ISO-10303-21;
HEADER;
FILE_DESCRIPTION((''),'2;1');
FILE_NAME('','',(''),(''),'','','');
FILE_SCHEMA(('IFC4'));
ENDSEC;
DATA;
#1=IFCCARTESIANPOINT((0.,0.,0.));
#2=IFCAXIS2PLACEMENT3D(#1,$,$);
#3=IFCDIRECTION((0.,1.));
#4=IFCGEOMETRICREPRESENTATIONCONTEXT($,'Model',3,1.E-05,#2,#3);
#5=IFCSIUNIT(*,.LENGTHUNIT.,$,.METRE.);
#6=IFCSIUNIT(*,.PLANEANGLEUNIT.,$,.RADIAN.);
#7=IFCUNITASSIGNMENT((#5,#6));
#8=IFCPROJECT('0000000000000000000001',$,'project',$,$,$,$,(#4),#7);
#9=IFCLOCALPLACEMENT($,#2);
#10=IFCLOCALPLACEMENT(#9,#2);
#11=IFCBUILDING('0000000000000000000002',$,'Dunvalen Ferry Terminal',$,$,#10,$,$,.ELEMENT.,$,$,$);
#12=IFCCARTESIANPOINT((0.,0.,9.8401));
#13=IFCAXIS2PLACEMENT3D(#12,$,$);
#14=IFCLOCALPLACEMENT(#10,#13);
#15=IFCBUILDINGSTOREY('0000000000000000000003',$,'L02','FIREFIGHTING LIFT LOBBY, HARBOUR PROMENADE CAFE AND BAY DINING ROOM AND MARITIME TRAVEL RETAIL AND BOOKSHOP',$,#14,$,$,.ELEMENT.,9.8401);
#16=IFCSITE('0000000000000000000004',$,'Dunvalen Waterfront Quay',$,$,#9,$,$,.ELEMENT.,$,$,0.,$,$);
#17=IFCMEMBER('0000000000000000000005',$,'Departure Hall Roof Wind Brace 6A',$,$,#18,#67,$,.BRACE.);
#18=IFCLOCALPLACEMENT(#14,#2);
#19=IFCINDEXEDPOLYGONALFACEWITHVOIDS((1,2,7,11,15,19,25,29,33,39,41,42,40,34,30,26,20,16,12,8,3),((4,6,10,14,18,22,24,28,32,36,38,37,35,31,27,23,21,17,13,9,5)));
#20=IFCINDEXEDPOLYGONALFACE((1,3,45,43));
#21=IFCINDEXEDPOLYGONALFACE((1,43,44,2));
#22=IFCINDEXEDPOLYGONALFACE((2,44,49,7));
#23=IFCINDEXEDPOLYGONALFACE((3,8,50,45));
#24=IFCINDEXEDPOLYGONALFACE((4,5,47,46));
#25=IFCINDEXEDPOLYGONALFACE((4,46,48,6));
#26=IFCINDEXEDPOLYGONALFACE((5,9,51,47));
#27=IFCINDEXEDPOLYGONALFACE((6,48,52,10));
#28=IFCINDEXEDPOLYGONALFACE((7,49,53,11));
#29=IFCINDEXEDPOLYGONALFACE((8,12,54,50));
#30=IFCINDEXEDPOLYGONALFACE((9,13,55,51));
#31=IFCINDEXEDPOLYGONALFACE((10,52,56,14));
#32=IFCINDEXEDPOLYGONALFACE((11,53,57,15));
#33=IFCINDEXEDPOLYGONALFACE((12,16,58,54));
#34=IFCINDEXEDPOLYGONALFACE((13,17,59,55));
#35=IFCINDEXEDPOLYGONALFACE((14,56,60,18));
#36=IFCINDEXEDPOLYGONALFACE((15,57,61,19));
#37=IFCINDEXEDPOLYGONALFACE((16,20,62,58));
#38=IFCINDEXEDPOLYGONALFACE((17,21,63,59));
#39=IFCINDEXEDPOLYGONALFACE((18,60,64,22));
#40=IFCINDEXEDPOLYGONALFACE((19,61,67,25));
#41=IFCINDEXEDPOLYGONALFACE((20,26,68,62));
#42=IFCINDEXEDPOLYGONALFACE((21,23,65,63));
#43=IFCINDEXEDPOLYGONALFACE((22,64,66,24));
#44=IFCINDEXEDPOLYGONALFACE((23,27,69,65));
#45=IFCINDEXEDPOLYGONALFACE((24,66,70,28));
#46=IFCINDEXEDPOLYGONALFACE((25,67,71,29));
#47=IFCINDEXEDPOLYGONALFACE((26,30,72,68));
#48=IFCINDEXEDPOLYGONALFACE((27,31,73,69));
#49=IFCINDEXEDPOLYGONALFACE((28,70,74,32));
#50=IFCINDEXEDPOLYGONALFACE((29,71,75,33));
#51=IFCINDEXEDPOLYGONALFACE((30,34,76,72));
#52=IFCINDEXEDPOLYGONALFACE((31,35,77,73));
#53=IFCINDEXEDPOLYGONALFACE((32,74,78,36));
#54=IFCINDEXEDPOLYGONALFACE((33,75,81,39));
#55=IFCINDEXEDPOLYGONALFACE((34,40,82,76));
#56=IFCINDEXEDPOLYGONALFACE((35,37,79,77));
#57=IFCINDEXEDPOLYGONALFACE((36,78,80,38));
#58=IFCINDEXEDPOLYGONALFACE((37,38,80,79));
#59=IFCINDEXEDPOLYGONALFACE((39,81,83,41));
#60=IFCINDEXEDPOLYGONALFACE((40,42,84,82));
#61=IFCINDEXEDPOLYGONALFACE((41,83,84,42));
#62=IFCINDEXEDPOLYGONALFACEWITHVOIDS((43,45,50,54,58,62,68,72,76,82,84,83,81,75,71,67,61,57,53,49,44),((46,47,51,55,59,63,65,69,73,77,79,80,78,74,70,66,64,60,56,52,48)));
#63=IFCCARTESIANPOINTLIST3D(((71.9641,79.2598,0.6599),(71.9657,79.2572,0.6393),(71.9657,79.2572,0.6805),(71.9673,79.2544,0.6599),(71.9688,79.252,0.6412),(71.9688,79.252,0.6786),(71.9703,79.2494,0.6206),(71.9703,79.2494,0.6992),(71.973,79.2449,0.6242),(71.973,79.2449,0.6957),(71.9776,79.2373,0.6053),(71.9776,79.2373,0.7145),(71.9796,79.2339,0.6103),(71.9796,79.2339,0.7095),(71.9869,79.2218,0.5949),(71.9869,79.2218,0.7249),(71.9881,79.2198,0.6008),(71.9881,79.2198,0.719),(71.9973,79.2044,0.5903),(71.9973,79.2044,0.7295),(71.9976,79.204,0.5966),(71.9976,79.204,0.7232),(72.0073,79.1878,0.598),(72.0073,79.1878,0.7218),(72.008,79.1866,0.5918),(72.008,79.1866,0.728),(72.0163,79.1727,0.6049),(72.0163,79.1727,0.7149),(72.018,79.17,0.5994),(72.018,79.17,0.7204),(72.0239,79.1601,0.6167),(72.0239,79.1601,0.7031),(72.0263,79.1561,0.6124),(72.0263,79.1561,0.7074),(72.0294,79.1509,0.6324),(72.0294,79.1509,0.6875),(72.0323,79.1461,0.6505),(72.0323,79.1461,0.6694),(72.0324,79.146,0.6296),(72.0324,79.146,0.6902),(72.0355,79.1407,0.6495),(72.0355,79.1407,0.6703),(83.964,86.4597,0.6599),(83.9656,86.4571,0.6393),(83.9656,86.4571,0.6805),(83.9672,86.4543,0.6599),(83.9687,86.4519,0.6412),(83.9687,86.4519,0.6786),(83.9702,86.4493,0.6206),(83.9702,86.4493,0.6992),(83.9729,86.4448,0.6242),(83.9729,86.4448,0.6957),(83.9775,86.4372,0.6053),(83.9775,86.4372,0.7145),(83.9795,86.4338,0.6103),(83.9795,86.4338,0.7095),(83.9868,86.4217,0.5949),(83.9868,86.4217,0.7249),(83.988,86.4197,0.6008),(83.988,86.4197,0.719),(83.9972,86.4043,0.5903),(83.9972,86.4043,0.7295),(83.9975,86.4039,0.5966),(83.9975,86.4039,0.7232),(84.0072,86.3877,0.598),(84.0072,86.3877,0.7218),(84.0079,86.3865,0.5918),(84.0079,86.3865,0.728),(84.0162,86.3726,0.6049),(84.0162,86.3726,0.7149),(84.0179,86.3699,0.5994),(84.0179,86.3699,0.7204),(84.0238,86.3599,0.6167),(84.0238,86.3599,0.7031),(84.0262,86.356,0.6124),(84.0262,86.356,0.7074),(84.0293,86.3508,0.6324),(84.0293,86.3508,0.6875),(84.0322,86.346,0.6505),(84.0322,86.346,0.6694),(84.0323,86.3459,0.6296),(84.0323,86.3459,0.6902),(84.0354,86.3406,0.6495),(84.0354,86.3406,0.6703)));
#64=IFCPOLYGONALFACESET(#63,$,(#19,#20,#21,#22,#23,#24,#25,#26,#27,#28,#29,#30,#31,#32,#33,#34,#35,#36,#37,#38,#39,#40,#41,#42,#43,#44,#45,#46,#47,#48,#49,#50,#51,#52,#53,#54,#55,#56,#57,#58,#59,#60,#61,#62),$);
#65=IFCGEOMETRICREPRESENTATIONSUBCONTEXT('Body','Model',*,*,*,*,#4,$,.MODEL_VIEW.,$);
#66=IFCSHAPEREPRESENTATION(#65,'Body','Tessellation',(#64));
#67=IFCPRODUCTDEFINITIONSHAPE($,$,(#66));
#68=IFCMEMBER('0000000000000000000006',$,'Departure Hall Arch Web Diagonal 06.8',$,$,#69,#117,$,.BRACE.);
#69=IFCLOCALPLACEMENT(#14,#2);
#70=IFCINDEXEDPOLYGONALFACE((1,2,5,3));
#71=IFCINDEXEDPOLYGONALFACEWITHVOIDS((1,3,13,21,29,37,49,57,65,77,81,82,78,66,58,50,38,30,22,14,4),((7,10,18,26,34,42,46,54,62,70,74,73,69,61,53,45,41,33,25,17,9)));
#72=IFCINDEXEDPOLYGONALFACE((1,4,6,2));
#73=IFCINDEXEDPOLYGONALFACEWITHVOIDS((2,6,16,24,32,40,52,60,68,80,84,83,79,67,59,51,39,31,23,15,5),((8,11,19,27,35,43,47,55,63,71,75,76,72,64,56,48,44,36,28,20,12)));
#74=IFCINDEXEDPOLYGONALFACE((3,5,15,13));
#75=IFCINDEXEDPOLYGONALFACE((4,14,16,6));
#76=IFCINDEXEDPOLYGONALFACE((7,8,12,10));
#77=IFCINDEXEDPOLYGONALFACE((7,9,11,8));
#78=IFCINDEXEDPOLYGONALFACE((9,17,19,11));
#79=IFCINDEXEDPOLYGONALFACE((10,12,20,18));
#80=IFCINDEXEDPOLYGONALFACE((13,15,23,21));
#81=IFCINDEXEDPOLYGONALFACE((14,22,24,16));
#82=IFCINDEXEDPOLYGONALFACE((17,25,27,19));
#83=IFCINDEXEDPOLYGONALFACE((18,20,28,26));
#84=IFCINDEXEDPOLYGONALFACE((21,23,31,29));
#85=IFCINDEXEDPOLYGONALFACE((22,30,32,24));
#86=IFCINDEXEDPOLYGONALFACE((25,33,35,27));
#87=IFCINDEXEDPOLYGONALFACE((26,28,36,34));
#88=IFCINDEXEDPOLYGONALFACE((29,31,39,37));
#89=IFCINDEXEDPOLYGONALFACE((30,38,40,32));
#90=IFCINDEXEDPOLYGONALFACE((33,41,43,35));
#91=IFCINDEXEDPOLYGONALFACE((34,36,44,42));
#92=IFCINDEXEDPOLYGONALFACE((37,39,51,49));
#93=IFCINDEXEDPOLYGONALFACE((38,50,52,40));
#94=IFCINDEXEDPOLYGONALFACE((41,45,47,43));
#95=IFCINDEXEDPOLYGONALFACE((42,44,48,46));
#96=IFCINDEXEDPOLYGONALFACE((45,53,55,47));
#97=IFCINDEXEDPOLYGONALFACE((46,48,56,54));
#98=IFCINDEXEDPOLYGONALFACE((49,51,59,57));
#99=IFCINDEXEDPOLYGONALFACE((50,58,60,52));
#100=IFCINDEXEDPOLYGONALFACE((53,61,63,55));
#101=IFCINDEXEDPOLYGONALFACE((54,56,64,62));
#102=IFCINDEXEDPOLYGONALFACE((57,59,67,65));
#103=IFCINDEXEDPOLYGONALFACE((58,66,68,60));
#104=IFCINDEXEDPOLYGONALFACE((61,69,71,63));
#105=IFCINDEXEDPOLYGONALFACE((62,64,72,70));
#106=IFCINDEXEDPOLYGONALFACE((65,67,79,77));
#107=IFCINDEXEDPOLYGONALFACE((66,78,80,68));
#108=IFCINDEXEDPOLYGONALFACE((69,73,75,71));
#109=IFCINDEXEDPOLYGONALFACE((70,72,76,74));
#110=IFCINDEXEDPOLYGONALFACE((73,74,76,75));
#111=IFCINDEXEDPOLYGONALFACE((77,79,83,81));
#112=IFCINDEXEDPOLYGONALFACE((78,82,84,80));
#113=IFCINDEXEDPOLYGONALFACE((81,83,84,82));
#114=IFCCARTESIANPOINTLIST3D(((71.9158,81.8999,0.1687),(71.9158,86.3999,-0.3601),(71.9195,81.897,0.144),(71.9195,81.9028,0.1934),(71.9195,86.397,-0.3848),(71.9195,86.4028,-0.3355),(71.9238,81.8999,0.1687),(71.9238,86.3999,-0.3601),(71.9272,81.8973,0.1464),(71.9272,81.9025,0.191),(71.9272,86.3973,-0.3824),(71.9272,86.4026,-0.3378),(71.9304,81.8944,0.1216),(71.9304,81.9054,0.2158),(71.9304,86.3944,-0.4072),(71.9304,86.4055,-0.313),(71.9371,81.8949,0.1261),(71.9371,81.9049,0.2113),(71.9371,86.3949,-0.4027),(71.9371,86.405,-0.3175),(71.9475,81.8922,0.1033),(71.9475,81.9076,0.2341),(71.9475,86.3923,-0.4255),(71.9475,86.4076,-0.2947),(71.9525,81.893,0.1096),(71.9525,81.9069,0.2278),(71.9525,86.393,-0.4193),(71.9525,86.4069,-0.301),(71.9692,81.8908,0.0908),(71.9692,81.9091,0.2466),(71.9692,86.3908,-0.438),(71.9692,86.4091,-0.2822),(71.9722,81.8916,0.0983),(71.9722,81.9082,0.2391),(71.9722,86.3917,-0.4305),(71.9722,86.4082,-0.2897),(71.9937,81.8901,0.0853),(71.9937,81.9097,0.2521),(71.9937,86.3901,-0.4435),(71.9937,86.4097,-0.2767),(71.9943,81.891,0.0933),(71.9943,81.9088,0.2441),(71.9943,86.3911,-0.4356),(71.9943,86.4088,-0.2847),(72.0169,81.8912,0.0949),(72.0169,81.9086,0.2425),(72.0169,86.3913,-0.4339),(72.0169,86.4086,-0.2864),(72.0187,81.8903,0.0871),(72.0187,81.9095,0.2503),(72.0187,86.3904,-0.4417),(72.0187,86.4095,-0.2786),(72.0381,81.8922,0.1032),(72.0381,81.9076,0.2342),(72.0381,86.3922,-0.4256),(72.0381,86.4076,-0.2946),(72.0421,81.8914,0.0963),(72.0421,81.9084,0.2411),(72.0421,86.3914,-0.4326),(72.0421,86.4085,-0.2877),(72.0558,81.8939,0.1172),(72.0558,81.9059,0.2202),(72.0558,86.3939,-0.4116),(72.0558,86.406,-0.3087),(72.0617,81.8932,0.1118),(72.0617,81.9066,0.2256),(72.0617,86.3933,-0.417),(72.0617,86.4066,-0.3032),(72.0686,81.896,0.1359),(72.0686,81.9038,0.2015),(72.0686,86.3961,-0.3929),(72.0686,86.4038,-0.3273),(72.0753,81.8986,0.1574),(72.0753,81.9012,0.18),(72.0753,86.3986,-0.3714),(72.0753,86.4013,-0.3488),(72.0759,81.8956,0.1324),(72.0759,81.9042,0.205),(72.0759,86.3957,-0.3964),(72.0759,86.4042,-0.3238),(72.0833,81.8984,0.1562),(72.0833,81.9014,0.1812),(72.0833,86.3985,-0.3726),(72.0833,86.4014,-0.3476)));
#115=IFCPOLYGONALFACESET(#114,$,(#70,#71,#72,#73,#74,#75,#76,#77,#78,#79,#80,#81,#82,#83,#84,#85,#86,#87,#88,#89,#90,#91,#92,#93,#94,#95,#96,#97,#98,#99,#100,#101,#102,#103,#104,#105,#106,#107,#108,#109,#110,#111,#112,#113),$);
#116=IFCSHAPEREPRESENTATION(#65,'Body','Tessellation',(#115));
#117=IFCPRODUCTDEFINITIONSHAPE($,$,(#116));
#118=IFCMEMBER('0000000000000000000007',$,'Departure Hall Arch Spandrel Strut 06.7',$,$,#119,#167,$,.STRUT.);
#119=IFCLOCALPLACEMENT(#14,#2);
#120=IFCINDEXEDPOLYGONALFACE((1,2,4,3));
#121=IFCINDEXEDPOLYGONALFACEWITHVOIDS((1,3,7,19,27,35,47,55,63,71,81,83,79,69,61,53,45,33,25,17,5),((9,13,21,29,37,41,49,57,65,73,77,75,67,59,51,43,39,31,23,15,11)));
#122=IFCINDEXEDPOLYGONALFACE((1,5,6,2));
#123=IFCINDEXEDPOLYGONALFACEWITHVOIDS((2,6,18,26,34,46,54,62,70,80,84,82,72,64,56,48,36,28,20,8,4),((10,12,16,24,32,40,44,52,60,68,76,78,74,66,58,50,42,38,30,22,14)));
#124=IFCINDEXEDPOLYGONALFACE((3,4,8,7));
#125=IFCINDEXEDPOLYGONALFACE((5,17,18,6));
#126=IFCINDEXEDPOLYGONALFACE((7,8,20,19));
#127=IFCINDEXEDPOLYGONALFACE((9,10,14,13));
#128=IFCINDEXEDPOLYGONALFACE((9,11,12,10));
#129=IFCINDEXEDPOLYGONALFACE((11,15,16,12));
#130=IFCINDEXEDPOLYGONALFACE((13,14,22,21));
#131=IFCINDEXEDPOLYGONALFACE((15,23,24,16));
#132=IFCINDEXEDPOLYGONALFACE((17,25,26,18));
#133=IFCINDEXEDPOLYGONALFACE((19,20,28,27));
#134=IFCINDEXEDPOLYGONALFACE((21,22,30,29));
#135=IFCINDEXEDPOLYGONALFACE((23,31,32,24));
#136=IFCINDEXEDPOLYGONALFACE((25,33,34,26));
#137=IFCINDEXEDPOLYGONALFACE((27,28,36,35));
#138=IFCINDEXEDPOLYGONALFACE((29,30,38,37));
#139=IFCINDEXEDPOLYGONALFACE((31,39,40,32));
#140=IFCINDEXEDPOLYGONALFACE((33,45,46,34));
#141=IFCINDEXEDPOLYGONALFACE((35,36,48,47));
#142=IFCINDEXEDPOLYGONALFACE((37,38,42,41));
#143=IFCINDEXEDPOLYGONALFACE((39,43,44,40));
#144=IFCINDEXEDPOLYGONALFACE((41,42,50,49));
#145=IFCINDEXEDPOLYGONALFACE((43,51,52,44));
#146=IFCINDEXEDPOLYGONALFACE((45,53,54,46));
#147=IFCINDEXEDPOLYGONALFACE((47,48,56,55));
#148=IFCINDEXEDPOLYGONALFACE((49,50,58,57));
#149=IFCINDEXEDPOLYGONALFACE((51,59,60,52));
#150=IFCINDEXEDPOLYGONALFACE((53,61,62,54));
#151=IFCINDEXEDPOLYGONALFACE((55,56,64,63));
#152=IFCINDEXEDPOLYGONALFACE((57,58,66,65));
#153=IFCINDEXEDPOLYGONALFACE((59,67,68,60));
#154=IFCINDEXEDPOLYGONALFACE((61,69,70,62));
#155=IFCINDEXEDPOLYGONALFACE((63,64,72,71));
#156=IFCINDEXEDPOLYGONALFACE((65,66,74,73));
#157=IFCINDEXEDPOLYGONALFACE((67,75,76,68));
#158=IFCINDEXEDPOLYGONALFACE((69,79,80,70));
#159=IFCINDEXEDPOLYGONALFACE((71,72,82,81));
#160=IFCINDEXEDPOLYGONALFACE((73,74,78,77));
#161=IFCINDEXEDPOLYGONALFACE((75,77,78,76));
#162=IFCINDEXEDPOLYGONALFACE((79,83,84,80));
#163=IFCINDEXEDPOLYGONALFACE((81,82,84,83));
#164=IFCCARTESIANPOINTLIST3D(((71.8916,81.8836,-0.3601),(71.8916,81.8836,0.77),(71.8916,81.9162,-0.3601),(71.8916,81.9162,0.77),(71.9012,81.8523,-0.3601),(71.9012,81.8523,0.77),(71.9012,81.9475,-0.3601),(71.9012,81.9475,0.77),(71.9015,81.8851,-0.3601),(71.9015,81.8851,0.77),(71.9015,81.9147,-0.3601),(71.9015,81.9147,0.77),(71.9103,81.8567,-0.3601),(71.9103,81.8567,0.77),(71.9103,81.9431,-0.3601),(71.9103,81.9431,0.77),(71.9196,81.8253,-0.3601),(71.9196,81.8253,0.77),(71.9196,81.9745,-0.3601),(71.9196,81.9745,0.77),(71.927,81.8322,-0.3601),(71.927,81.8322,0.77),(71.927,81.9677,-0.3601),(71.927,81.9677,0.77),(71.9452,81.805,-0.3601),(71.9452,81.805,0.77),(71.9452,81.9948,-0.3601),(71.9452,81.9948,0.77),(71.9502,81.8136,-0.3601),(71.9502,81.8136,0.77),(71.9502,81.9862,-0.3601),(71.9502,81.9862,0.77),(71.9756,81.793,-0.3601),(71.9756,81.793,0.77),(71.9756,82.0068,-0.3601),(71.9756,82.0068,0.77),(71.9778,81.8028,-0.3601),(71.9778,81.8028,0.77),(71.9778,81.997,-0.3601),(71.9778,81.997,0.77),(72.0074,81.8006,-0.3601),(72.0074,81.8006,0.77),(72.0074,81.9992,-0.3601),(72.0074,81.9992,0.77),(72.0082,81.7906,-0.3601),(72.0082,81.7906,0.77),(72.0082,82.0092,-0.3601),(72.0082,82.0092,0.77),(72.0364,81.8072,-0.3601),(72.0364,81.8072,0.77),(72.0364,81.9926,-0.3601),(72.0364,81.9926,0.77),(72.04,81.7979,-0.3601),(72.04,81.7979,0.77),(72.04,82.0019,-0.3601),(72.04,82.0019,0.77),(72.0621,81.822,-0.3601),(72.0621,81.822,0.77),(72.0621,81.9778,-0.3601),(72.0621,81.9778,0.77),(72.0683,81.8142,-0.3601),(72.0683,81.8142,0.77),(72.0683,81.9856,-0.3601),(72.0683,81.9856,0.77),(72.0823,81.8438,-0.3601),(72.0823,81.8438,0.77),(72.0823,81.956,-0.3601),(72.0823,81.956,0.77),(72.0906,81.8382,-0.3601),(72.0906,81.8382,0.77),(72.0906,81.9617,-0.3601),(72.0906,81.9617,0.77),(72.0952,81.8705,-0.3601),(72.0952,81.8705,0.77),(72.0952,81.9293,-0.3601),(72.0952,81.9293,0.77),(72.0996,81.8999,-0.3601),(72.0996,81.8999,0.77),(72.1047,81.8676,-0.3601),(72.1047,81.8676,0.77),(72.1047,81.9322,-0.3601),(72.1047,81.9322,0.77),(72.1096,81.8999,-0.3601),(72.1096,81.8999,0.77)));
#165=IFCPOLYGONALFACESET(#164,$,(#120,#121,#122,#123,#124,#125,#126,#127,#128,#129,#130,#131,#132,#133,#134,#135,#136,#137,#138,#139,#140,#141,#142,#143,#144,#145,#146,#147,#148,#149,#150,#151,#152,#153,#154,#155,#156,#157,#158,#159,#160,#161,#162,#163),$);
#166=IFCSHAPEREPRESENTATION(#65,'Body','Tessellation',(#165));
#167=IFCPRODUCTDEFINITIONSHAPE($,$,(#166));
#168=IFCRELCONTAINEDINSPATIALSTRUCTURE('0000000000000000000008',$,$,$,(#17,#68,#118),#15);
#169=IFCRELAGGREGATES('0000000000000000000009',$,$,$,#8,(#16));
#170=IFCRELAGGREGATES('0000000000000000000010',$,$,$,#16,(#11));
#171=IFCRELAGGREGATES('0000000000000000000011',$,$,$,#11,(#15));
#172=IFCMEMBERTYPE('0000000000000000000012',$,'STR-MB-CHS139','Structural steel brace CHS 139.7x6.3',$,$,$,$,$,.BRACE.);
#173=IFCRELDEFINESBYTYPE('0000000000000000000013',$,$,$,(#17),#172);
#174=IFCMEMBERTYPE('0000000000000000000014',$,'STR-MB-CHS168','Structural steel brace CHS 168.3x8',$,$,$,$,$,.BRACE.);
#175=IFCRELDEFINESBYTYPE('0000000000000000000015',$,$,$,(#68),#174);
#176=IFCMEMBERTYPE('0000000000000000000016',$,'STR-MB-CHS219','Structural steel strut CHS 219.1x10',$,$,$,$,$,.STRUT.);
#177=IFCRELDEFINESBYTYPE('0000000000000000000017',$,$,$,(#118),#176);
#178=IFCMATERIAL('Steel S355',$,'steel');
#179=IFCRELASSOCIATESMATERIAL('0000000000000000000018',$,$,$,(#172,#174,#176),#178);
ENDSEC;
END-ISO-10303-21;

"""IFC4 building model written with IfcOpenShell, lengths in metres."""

from ifc_helpers import new_model, si_unit, direction, frame, origin, origin_2d, place, context, subcontext, project, spatial, hollow_circle, extrude, material, material_profile, profile_set, type_object, element, save


model = new_model("IFC4")

# Units and contexts
model_context = context("Model", 3, precision=1e-05, world=origin(), true_north=direction((0.0, 1.0)))
body_context = subcontext(model_context, "Body", "Model", "MODEL_VIEW")
ifc_project = project(units=[si_unit("LENGTHUNIT", "METRE"), si_unit("PLANEANGLEUNIT", "RADIAN")], contexts=[model_context])

# Site, building, storey
site_placement = place(None, origin())
site = spatial("IfcSite", under=ifc_project, at=site_placement, Name="Dunvalen Waterfront Quay", CompositionType="ELEMENT", RefElevation=0.0)
building_placement = place(site_placement, origin())
building = spatial("IfcBuilding", under=site, at=building_placement, Name="Dunvalen Ferry Terminal", CompositionType="ELEMENT")
storey_placement = place(building_placement, frame((0.0, 0.0, 9.8401)))
storey = spatial("IfcBuildingStorey", under=building, at=storey_placement, Name="L02", Description="FIREFIGHTING LIFT LOBBY, HARBOUR PROMENADE CAFE AND BAY DINING ROOM AND MARITIME TRAVEL RETAIL AND BOOKSHOP", CompositionType="ELEMENT", Elevation=9.8401)

# Shared definitions
ifc_material_1 = material(Name="Steel S355", Category="steel")

# Members
ifc_material_profile_1 = material_profile(ifc_material_1, hollow_circle(Radius=0.0698, WallThickness=0.0063, at=origin_2d()), Name="Steel S355")
ifc_profile_set_1 = profile_set([ifc_material_profile_1], Name="Steel S355")
member_type_1 = type_object("IfcMemberType", Name="STR-MB-CHS139", Description="Structural steel brace CHS 139.7x6.3", PredefinedType="BRACE", material=ifc_profile_set_1)
member_1_placement = place(storey_placement, frame((72.0, 79.2, 0.6599), z_axis=(0.857494, 0.514493, 0.0), x_axis=(-0.514493, 0.857494, 0.0)))
element("IfcMember", 1, at=member_1_placement, inside=storey, type_object=member_type_1, Name="Departure Hall Roof Wind Brace 6A", PredefinedType="BRACE", context=body_context, shape_type="SweptSolid", body=[
    extrude(hollow_circle(Radius=0.0698, WallThickness=0.0063, at=origin_2d()), origin(), (0.0, 0.0, 1.0), 13.9941),
])
ifc_material_profile_2 = material_profile(ifc_material_1, hollow_circle(Radius=0.0842, WallThickness=0.0081, at=origin_2d()), Name="Steel S355")
ifc_profile_set_2 = profile_set([ifc_material_profile_2], Name="Steel S355")
member_type_2 = type_object("IfcMemberType", Name="STR-MB-CHS168", Description="Structural steel brace CHS 168.3x8", PredefinedType="BRACE", material=ifc_profile_set_2)
member_2_placement = place(storey_placement, frame((72.0, 81.8999, 0.1687), z_axis=(0.0, 0.993166, -0.11671), x_axis=(-1.0, 0.0, 0.0)))
element("IfcMember", 2, at=member_2_placement, inside=storey, type_object=member_type_2, Name="Departure Hall Arch Web Diagonal 06.8", PredefinedType="BRACE", context=body_context, shape_type="SweptSolid", body=[
    extrude(hollow_circle(Radius=0.0842, WallThickness=0.0081, at=origin_2d()), origin(), (0.0, 0.0, 1.0), 4.531),
])
ifc_material_profile_3 = material_profile(ifc_material_1, hollow_circle(Radius=0.1096, WallThickness=0.01, at=origin_2d()), Name="Steel S355")
ifc_profile_set_3 = profile_set([ifc_material_profile_3], Name="Steel S355")
member_type_3 = type_object("IfcMemberType", Name="STR-MB-CHS219", Description="Structural steel strut CHS 219.1x10", PredefinedType="STRUT", material=ifc_profile_set_3)
member_3_placement = place(storey_placement, frame((72.0, 81.8999, -0.3601), z_axis=(0.0, 0.0, 1.0), x_axis=(1.0, 0.0, 0.0)))
element("IfcMember", 3, at=member_3_placement, inside=storey, type_object=member_type_3, Name="Departure Hall Arch Spandrel Strut 06.7", PredefinedType="STRUT", context=body_context, shape_type="SweptSolid", body=[
    extrude(hollow_circle(Radius=0.1096, WallThickness=0.01, at=origin_2d()), origin(), (0.0, 0.0, 1.0), 1.1301),
])

save(model, "model.ifc")
